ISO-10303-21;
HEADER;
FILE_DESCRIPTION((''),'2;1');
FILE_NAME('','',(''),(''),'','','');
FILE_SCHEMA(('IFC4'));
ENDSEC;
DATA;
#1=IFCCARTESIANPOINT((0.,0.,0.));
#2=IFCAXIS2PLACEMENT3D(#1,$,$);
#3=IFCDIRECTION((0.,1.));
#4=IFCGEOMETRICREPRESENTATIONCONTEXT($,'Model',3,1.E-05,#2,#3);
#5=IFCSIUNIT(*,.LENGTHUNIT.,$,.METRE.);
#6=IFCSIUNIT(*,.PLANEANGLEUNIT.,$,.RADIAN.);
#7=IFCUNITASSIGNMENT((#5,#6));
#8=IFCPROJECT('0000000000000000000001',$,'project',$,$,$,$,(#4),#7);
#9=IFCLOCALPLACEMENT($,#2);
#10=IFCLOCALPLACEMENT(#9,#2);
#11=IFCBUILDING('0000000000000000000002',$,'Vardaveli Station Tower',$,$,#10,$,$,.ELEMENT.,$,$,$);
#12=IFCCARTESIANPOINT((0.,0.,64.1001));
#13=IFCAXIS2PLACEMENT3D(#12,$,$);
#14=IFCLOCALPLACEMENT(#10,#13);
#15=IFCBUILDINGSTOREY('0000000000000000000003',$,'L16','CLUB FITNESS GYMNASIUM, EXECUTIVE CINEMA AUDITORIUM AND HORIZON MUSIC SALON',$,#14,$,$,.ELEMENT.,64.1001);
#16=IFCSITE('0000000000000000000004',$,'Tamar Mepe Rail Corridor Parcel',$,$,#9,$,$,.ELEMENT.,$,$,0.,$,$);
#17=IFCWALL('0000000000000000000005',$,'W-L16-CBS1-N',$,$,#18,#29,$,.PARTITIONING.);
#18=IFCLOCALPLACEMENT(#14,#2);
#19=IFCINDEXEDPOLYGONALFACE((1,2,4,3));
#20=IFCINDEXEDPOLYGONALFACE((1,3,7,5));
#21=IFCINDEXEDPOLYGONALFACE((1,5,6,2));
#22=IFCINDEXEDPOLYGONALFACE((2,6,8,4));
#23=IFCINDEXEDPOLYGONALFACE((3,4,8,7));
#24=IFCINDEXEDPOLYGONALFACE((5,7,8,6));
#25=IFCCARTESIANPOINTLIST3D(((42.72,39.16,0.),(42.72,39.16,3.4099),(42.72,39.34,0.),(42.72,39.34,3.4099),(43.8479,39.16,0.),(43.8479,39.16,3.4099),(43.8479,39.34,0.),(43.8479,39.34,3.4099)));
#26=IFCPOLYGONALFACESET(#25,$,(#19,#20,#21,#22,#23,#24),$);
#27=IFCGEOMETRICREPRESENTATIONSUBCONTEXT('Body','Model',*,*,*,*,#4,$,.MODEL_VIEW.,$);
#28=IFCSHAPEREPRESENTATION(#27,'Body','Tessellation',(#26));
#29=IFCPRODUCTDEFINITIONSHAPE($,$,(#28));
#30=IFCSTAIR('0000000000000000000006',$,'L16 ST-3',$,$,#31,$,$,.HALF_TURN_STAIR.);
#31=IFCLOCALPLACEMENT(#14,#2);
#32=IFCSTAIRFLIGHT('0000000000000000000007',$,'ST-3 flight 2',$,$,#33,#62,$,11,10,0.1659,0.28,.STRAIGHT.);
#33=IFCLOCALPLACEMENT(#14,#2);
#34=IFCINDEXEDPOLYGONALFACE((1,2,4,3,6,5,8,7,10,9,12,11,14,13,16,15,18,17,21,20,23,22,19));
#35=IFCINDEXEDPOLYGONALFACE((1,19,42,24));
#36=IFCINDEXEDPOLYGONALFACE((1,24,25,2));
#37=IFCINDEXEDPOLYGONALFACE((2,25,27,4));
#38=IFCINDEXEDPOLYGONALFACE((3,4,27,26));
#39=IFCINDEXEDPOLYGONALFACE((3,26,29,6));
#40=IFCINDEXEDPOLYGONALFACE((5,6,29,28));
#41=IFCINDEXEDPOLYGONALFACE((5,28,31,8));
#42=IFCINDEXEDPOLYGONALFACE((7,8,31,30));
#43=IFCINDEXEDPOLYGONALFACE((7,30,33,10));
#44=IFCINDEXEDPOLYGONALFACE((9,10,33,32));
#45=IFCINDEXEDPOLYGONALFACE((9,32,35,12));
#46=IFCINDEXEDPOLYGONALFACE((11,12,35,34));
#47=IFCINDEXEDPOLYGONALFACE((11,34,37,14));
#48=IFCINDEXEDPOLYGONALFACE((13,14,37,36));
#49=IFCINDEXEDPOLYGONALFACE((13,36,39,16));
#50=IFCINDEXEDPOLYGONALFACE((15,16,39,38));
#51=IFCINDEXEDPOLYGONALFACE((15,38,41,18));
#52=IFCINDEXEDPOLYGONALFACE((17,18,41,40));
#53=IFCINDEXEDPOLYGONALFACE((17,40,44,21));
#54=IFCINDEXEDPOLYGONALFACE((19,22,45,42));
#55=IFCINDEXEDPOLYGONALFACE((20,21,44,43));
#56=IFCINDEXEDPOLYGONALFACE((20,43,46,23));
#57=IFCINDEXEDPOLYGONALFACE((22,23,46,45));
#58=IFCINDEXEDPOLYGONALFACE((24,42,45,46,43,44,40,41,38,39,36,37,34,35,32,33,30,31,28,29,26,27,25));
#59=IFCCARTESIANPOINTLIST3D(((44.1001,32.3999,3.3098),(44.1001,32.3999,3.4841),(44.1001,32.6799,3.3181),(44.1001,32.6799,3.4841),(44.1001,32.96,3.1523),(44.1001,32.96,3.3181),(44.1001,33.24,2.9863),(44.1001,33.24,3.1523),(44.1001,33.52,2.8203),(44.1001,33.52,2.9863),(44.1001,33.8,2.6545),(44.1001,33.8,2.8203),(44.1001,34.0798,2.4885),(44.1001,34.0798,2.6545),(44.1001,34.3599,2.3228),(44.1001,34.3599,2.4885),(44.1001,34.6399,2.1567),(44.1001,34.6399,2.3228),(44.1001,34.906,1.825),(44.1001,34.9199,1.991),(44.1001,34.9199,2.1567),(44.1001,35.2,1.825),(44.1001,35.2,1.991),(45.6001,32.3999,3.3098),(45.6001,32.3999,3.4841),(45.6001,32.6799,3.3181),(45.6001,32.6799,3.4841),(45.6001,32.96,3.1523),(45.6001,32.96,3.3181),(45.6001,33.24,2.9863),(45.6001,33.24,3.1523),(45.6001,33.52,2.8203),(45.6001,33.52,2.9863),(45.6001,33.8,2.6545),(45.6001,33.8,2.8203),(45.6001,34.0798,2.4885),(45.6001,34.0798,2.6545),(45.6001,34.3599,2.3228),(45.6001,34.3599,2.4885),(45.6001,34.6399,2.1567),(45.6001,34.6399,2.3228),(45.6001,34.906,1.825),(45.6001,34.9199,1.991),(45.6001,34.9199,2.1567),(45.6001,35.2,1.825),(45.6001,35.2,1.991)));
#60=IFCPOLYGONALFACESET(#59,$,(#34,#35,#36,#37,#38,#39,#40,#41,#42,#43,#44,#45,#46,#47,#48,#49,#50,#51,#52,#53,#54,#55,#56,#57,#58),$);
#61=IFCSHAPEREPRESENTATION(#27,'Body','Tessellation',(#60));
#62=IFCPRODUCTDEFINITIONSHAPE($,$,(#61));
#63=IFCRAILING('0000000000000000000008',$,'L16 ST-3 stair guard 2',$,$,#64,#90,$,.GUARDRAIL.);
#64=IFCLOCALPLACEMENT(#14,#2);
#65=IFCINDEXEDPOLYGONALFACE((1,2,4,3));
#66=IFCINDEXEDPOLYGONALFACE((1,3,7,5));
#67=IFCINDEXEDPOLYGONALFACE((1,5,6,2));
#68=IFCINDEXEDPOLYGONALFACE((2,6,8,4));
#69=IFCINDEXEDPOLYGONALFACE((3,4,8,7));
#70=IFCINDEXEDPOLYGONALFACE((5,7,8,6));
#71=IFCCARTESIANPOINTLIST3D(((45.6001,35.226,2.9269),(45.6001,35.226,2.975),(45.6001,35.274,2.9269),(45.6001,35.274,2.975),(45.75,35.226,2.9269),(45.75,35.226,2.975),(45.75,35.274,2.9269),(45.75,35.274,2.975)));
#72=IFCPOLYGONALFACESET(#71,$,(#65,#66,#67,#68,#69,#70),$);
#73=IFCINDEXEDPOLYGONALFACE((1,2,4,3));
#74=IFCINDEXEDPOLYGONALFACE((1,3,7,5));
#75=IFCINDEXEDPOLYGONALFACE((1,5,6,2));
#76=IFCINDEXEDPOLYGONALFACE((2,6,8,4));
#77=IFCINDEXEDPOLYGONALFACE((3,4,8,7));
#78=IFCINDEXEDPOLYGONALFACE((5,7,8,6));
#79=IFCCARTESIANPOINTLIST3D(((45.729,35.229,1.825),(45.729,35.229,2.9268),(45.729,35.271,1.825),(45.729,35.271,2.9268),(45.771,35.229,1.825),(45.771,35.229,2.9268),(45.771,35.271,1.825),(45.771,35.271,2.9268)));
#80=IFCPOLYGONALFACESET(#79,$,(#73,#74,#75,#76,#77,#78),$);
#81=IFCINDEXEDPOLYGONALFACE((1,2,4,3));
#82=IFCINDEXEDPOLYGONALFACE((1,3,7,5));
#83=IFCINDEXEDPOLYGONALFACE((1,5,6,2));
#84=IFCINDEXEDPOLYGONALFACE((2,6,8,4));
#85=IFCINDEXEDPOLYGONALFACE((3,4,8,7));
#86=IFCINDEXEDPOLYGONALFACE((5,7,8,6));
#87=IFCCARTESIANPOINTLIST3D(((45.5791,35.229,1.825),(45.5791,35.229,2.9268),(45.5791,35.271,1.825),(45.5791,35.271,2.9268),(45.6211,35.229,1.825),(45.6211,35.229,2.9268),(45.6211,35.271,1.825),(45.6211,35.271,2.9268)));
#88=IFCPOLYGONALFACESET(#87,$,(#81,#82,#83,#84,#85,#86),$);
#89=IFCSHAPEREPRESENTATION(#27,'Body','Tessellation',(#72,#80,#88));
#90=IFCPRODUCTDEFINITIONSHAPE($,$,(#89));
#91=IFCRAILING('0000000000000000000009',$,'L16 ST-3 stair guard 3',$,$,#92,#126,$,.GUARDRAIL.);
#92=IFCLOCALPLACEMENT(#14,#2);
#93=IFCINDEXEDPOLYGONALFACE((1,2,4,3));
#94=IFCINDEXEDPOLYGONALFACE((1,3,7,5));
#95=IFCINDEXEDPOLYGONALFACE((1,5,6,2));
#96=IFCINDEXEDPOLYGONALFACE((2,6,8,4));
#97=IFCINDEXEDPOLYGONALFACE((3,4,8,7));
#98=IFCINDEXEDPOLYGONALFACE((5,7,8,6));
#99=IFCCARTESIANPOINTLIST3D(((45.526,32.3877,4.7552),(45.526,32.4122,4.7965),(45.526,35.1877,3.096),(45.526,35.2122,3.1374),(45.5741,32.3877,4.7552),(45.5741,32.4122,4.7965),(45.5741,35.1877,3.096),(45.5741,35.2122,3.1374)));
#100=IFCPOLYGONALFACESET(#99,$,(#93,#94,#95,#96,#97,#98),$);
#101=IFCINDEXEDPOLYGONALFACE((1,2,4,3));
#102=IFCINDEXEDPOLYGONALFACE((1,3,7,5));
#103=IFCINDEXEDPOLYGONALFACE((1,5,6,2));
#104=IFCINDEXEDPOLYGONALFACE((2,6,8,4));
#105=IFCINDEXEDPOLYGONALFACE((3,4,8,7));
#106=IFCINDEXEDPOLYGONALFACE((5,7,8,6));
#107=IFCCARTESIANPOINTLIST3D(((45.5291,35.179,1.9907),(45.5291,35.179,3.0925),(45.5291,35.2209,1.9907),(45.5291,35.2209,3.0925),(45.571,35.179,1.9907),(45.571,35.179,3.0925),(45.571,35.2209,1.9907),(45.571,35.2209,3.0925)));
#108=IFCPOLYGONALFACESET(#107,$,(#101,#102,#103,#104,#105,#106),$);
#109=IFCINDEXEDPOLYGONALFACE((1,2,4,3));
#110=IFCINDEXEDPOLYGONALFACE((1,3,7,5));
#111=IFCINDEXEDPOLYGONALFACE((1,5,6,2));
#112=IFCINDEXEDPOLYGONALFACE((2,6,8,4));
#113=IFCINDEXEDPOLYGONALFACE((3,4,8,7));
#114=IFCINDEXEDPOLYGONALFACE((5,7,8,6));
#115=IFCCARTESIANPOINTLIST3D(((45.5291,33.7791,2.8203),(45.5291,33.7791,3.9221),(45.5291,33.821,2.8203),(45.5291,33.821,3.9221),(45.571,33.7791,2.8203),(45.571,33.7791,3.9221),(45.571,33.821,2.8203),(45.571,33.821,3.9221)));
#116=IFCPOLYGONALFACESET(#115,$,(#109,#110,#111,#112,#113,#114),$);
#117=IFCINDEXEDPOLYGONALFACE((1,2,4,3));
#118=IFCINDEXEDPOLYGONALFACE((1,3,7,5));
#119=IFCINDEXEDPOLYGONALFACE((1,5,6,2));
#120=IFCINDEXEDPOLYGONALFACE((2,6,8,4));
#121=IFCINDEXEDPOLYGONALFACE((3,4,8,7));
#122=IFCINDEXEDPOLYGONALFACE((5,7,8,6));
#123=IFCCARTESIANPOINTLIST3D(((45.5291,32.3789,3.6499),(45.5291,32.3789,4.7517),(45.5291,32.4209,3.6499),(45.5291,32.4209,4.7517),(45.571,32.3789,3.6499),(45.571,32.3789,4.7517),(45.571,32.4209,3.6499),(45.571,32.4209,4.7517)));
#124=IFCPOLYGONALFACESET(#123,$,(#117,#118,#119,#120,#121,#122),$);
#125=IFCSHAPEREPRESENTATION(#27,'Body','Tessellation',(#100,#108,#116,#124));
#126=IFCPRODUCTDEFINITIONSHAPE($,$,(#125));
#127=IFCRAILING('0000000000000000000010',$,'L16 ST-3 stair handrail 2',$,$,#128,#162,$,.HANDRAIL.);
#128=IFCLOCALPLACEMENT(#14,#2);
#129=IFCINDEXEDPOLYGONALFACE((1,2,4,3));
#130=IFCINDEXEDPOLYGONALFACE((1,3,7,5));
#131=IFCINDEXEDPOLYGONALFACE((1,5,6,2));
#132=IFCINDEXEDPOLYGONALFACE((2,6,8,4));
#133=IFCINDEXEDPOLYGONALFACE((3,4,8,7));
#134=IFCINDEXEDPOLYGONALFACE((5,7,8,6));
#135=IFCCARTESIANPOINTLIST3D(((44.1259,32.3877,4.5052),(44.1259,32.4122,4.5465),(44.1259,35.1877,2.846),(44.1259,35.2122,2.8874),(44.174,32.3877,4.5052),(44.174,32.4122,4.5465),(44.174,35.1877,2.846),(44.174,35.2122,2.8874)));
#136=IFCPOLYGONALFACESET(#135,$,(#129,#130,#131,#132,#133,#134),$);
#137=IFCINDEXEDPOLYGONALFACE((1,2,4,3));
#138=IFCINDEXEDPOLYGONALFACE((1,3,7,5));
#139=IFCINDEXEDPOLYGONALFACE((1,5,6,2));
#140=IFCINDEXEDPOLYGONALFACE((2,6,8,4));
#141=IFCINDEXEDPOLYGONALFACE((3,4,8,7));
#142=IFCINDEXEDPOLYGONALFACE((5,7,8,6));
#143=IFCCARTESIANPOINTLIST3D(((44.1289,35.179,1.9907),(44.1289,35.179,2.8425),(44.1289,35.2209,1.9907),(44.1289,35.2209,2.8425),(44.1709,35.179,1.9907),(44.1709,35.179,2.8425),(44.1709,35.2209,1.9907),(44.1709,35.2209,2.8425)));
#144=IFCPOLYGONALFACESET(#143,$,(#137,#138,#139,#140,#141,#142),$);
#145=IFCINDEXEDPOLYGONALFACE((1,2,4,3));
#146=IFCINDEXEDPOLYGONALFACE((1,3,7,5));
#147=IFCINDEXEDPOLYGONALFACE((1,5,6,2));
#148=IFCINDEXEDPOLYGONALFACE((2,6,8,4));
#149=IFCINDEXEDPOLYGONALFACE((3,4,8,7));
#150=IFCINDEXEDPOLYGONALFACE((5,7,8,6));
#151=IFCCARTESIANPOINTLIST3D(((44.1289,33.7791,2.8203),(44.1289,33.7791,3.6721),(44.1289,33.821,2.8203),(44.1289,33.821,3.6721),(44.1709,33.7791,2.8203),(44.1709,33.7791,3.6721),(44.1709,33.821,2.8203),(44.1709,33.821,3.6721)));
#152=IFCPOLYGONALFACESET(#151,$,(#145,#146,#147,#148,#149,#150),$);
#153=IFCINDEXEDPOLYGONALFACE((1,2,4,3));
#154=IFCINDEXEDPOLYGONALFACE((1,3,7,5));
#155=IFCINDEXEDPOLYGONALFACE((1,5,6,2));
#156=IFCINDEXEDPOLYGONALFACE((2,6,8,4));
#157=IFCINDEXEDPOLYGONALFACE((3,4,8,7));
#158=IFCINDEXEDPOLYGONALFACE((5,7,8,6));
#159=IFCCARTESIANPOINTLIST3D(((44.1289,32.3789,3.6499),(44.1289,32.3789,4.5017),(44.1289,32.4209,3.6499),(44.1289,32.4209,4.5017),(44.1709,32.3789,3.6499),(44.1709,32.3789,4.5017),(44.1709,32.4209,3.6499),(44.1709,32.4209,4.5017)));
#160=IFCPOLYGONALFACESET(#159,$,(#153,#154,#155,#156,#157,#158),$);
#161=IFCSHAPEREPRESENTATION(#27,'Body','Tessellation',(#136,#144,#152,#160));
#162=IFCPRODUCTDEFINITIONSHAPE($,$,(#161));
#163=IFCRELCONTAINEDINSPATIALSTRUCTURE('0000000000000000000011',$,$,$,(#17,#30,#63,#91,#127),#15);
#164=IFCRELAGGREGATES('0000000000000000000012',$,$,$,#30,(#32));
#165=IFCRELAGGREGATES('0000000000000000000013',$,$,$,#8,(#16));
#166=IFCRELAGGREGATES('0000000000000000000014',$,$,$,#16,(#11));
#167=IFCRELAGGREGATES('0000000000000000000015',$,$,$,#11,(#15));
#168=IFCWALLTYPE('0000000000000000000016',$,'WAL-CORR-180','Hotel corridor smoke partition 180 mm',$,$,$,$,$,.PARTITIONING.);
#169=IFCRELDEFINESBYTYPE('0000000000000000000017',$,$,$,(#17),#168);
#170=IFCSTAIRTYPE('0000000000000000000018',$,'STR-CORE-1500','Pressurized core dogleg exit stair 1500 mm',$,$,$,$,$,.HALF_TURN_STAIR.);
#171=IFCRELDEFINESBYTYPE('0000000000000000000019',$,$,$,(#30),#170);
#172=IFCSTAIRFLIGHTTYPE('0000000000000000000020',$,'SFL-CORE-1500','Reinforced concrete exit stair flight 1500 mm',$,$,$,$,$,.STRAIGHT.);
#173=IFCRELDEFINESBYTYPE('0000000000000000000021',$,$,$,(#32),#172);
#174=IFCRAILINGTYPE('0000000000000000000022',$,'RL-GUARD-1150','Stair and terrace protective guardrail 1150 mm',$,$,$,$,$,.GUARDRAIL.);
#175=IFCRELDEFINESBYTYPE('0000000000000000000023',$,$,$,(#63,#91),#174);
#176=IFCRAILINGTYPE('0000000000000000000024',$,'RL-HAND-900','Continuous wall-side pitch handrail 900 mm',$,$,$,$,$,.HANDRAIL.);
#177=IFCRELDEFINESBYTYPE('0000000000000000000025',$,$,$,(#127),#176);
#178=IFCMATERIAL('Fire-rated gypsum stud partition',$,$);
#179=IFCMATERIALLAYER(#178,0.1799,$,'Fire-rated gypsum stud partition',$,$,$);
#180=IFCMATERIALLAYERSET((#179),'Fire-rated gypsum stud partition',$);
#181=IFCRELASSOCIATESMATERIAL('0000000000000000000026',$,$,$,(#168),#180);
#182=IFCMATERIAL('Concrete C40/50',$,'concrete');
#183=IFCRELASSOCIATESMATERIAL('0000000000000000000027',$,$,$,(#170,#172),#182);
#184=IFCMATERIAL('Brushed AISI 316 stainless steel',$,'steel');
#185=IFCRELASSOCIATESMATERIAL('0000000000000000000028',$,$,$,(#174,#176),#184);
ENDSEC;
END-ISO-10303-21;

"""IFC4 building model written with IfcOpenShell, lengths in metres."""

from ifc_helpers import new_model, si_unit, direction, frame, frame_2d, origin, origin_2d, place, context, subcontext, project, spatial, polyline, rectangle, outline, extrude, source, transform, mapped, material, layer, layer_set, type_object, element, aggregate, save


model = new_model("IFC4")

# Units and contexts
model_context = context("Model", 3, precision=1e-05, world=origin(), true_north=direction((0.0, 1.0)))
body_context = subcontext(model_context, "Body", "Model", "MODEL_VIEW")
ifc_project = project(units=[si_unit("LENGTHUNIT", "METRE"), si_unit("PLANEANGLEUNIT", "RADIAN")], contexts=[model_context])

# Site, building, storey
site_placement = place(None, origin())
site = spatial("IfcSite", under=ifc_project, at=site_placement, Name="Tamar Mepe Rail Corridor Parcel", CompositionType="ELEMENT", RefElevation=0.0)
building_placement = place(site_placement, origin())
building = spatial("IfcBuilding", under=site, at=building_placement, Name="Vardaveli Station Tower", CompositionType="ELEMENT")
storey_placement = place(building_placement, frame((0.0, 0.0, 64.1001)))
storey = spatial("IfcBuildingStorey", under=building, at=storey_placement, Name="L16", Description="CLUB FITNESS GYMNASIUM, EXECUTIVE CINEMA AUDITORIUM AND HORIZON MUSIC SALON", CompositionType="ELEMENT", Elevation=64.1001)

# Wall
ifc_material_1 = material(Name="Concrete C40/50", Category="concrete")
ifc_material_2 = material(Name="Fire-rated gypsum stud partition")
ifc_layer_1 = layer(ifc_material_2, 0.1799, Name="Fire-rated gypsum stud partition")
ifc_layer_set_1 = layer_set([ifc_layer_1], Name="Fire-rated gypsum stud partition")
wall_type_1 = type_object("IfcWallType", Name="WAL-CORR-180", Description="Hotel corridor smoke partition 180 mm", PredefinedType="PARTITIONING", material=ifc_layer_set_1)
shared_shape_1 = source(origin(), body_context, "Body", "SweptSolid", [
    extrude(rectangle(XDim=1.1279, YDim=0.1799, at=frame_2d((0.564, 0.0))), origin(), (0.0, 0.0, 1.0), 3.4099),
])
wall_1_placement = place(storey_placement, frame((42.72, 39.25, 0.0), z_axis=(0.0, 0.0, 1.0), x_axis=(1.0, 0.0, 0.0)))
element("IfcWall", 1, at=wall_1_placement, inside=storey, type_object=wall_type_1, Name="W-L16-CBS1-N", PredefinedType="PARTITIONING", context=body_context, shape_type="MappedRepresentation", body=[
    mapped(shared_shape_1, transform((0.0, 0.0, 0.0), scale=1.0)),
])

# Stair, stair flight
stair_type = type_object("IfcStairType", Name="STR-CORE-1500", Description="Pressurized core dogleg exit stair 1500 mm", PredefinedType="HALF_TURN_STAIR", material=ifc_material_1)
stair_placement = place(storey_placement, origin())
stair = element("IfcStair", 2, at=stair_placement, inside=storey, type_object=stair_type, Name="L16 ST-3", PredefinedType="HALF_TURN_STAIR")
stair_flight_type = type_object("IfcStairFlightType", Name="SFL-CORE-1500", Description="Reinforced concrete exit stair flight 1500 mm", PredefinedType="STRAIGHT", material=ifc_material_1)
shared_shape_2 = source(origin(), body_context, "Body", "SweptSolid", [
    extrude(outline(polyline([(0.0, 0.0), (0.0, 0.166), (0.28, 0.166), (0.28, 0.3318), (0.5601, 0.3318), (0.5601, 0.4978), (0.8401, 0.4978), (0.8401, 0.6636), (1.1201, 0.6636), (1.1201, 0.8296), (1.3999, 0.8296), (1.3999, 0.9954), (1.6799, 0.9954), (1.6799, 1.1614), (1.96, 1.1614), (1.96, 1.3274), (2.24, 1.3274), (2.24, 1.4932), (2.52, 1.4932), (2.52, 1.6592), (2.8, 1.6592), (2.8, 1.825), (2.8, 1.4849), (0.2939, 0.0), (0.0, 0.0)])), frame((0.0, 0.75, 0.0), z_axis=(0.0, -1.0, 0.0), x_axis=(1.0, 0.0, 0.0)), (0.0, 0.0, 1.0), 1.5),
])
stair_flight_placement = place(storey_placement, frame((44.8501, 35.2, 1.825), z_axis=(0.0, 0.0, 1.0), x_axis=(0.0, -1.0, 0.0)))
stair_flight = element("IfcStairFlight", 3, at=stair_flight_placement, type_object=stair_flight_type, Name="ST-3 flight 2", NumberOfRisers=11, NumberOfTreads=10, PredefinedType="STRAIGHT", RiserHeight=0.1659, TreadLength=0.28, context=body_context, shape_type="MappedRepresentation", body=[
    mapped(shared_shape_2, transform((0.0, 0.0, 0.0), scale=1.0)),
])
aggregate(stair, [stair_flight])

# Railings
ifc_material_3 = material(Name="Brushed AISI 316 stainless steel", Category="steel")
railing_type_1 = type_object("IfcRailingType", Name="RL-GUARD-1150", Description="Stair and terrace protective guardrail 1150 mm", PredefinedType="GUARDRAIL", material=ifc_material_3)
shared_shape_3 = source(origin(), body_context, "Body", "SweptSolid", [
    extrude(rectangle(XDim=0.0481, YDim=0.0481, at=origin_2d()), frame((0.0, 0.0, 1.126), z_axis=(-1.0, 0.0, 0.0), x_axis=(0.0, -1.0, 0.0)), (0.0, 0.0, 1.0), 0.1499),
    extrude(rectangle(XDim=0.042, YDim=0.042, at=origin_2d()), origin(), (0.0, 0.0, 1.0), 1.1018),
    extrude(rectangle(XDim=0.042, YDim=0.042, at=origin_2d()), frame((-0.1499, 0.0, 0.0)), (0.0, 0.0, 1.0), 1.1018),
])
railing_1_placement = place(storey_placement, frame((45.75, 35.25, 1.825)))
element("IfcRailing", 4, at=railing_1_placement, inside=storey, type_object=railing_type_1, Name="L16 ST-3 stair guard 2", PredefinedType="GUARDRAIL", context=body_context, shape_type="MappedRepresentation", body=[
    mapped(shared_shape_3, transform((0.0, 0.0, 0.0), scale=1.0)),
])
shared_shape_4 = source(origin(), body_context, "Body", "SweptSolid", [
    extrude(rectangle(XDim=0.0481, YDim=0.0481, at=origin_2d()), frame((0.0, 0.0, 1.126), z_axis=(0.0, -0.860306, 0.509778), x_axis=(1.0, 0.0, 0.0)), (0.0, 0.0, 1.0), 3.2546),
    extrude(rectangle(XDim=0.042, YDim=0.042, at=origin_2d()), origin(), (0.0, 0.0, 1.0), 1.1018),
    extrude(rectangle(XDim=0.042, YDim=0.042, at=origin_2d()), frame((0.0, -1.3999, 0.8296)), (0.0, 0.0, 1.0), 1.1018),
    extrude(rectangle(XDim=0.042, YDim=0.042, at=origin_2d()), frame((0.0, -2.8, 1.6592)), (0.0, 0.0, 1.0), 1.1018),
])
railing_2_placement = place(storey_placement, frame((45.55, 35.2, 1.9907)))
element("IfcRailing", 5, at=railing_2_placement, inside=storey, type_object=railing_type_1, Name="L16 ST-3 stair guard 3", PredefinedType="GUARDRAIL", context=body_context, shape_type="MappedRepresentation", body=[
    mapped(shared_shape_4, transform((0.0, 0.0, 0.0), scale=1.0)),
])
railing_type_2 = type_object("IfcRailingType", Name="RL-HAND-900", Description="Continuous wall-side pitch handrail 900 mm", PredefinedType="HANDRAIL", material=ifc_material_3)
shared_shape_5 = source(origin(), body_context, "Body", "SweptSolid", [
    extrude(rectangle(XDim=0.0481, YDim=0.0481, at=origin_2d()), frame((0.0, 0.0, 0.876), z_axis=(0.0, -0.860306, 0.509778), x_axis=(1.0, 0.0, 0.0)), (0.0, 0.0, 1.0), 3.2546),
    extrude(rectangle(XDim=0.042, YDim=0.042, at=origin_2d()), origin(), (0.0, 0.0, 1.0), 0.8518),
    extrude(rectangle(XDim=0.042, YDim=0.042, at=origin_2d()), frame((0.0, -1.3999, 0.8296)), (0.0, 0.0, 1.0), 0.8518),
    extrude(rectangle(XDim=0.042, YDim=0.042, at=origin_2d()), frame((0.0, -2.8, 1.6592)), (0.0, 0.0, 1.0), 0.8518),
])
railing_3_placement = place(storey_placement, frame((44.1499, 35.2, 1.9907)))
element("IfcRailing", 6, at=railing_3_placement, inside=storey, type_object=railing_type_2, Name="L16 ST-3 stair handrail 2", PredefinedType="HANDRAIL", context=body_context, shape_type="MappedRepresentation", body=[
    mapped(shared_shape_5, transform((0.0, 0.0, 0.0), scale=1.0)),
])

save(model, "model.ifc")
